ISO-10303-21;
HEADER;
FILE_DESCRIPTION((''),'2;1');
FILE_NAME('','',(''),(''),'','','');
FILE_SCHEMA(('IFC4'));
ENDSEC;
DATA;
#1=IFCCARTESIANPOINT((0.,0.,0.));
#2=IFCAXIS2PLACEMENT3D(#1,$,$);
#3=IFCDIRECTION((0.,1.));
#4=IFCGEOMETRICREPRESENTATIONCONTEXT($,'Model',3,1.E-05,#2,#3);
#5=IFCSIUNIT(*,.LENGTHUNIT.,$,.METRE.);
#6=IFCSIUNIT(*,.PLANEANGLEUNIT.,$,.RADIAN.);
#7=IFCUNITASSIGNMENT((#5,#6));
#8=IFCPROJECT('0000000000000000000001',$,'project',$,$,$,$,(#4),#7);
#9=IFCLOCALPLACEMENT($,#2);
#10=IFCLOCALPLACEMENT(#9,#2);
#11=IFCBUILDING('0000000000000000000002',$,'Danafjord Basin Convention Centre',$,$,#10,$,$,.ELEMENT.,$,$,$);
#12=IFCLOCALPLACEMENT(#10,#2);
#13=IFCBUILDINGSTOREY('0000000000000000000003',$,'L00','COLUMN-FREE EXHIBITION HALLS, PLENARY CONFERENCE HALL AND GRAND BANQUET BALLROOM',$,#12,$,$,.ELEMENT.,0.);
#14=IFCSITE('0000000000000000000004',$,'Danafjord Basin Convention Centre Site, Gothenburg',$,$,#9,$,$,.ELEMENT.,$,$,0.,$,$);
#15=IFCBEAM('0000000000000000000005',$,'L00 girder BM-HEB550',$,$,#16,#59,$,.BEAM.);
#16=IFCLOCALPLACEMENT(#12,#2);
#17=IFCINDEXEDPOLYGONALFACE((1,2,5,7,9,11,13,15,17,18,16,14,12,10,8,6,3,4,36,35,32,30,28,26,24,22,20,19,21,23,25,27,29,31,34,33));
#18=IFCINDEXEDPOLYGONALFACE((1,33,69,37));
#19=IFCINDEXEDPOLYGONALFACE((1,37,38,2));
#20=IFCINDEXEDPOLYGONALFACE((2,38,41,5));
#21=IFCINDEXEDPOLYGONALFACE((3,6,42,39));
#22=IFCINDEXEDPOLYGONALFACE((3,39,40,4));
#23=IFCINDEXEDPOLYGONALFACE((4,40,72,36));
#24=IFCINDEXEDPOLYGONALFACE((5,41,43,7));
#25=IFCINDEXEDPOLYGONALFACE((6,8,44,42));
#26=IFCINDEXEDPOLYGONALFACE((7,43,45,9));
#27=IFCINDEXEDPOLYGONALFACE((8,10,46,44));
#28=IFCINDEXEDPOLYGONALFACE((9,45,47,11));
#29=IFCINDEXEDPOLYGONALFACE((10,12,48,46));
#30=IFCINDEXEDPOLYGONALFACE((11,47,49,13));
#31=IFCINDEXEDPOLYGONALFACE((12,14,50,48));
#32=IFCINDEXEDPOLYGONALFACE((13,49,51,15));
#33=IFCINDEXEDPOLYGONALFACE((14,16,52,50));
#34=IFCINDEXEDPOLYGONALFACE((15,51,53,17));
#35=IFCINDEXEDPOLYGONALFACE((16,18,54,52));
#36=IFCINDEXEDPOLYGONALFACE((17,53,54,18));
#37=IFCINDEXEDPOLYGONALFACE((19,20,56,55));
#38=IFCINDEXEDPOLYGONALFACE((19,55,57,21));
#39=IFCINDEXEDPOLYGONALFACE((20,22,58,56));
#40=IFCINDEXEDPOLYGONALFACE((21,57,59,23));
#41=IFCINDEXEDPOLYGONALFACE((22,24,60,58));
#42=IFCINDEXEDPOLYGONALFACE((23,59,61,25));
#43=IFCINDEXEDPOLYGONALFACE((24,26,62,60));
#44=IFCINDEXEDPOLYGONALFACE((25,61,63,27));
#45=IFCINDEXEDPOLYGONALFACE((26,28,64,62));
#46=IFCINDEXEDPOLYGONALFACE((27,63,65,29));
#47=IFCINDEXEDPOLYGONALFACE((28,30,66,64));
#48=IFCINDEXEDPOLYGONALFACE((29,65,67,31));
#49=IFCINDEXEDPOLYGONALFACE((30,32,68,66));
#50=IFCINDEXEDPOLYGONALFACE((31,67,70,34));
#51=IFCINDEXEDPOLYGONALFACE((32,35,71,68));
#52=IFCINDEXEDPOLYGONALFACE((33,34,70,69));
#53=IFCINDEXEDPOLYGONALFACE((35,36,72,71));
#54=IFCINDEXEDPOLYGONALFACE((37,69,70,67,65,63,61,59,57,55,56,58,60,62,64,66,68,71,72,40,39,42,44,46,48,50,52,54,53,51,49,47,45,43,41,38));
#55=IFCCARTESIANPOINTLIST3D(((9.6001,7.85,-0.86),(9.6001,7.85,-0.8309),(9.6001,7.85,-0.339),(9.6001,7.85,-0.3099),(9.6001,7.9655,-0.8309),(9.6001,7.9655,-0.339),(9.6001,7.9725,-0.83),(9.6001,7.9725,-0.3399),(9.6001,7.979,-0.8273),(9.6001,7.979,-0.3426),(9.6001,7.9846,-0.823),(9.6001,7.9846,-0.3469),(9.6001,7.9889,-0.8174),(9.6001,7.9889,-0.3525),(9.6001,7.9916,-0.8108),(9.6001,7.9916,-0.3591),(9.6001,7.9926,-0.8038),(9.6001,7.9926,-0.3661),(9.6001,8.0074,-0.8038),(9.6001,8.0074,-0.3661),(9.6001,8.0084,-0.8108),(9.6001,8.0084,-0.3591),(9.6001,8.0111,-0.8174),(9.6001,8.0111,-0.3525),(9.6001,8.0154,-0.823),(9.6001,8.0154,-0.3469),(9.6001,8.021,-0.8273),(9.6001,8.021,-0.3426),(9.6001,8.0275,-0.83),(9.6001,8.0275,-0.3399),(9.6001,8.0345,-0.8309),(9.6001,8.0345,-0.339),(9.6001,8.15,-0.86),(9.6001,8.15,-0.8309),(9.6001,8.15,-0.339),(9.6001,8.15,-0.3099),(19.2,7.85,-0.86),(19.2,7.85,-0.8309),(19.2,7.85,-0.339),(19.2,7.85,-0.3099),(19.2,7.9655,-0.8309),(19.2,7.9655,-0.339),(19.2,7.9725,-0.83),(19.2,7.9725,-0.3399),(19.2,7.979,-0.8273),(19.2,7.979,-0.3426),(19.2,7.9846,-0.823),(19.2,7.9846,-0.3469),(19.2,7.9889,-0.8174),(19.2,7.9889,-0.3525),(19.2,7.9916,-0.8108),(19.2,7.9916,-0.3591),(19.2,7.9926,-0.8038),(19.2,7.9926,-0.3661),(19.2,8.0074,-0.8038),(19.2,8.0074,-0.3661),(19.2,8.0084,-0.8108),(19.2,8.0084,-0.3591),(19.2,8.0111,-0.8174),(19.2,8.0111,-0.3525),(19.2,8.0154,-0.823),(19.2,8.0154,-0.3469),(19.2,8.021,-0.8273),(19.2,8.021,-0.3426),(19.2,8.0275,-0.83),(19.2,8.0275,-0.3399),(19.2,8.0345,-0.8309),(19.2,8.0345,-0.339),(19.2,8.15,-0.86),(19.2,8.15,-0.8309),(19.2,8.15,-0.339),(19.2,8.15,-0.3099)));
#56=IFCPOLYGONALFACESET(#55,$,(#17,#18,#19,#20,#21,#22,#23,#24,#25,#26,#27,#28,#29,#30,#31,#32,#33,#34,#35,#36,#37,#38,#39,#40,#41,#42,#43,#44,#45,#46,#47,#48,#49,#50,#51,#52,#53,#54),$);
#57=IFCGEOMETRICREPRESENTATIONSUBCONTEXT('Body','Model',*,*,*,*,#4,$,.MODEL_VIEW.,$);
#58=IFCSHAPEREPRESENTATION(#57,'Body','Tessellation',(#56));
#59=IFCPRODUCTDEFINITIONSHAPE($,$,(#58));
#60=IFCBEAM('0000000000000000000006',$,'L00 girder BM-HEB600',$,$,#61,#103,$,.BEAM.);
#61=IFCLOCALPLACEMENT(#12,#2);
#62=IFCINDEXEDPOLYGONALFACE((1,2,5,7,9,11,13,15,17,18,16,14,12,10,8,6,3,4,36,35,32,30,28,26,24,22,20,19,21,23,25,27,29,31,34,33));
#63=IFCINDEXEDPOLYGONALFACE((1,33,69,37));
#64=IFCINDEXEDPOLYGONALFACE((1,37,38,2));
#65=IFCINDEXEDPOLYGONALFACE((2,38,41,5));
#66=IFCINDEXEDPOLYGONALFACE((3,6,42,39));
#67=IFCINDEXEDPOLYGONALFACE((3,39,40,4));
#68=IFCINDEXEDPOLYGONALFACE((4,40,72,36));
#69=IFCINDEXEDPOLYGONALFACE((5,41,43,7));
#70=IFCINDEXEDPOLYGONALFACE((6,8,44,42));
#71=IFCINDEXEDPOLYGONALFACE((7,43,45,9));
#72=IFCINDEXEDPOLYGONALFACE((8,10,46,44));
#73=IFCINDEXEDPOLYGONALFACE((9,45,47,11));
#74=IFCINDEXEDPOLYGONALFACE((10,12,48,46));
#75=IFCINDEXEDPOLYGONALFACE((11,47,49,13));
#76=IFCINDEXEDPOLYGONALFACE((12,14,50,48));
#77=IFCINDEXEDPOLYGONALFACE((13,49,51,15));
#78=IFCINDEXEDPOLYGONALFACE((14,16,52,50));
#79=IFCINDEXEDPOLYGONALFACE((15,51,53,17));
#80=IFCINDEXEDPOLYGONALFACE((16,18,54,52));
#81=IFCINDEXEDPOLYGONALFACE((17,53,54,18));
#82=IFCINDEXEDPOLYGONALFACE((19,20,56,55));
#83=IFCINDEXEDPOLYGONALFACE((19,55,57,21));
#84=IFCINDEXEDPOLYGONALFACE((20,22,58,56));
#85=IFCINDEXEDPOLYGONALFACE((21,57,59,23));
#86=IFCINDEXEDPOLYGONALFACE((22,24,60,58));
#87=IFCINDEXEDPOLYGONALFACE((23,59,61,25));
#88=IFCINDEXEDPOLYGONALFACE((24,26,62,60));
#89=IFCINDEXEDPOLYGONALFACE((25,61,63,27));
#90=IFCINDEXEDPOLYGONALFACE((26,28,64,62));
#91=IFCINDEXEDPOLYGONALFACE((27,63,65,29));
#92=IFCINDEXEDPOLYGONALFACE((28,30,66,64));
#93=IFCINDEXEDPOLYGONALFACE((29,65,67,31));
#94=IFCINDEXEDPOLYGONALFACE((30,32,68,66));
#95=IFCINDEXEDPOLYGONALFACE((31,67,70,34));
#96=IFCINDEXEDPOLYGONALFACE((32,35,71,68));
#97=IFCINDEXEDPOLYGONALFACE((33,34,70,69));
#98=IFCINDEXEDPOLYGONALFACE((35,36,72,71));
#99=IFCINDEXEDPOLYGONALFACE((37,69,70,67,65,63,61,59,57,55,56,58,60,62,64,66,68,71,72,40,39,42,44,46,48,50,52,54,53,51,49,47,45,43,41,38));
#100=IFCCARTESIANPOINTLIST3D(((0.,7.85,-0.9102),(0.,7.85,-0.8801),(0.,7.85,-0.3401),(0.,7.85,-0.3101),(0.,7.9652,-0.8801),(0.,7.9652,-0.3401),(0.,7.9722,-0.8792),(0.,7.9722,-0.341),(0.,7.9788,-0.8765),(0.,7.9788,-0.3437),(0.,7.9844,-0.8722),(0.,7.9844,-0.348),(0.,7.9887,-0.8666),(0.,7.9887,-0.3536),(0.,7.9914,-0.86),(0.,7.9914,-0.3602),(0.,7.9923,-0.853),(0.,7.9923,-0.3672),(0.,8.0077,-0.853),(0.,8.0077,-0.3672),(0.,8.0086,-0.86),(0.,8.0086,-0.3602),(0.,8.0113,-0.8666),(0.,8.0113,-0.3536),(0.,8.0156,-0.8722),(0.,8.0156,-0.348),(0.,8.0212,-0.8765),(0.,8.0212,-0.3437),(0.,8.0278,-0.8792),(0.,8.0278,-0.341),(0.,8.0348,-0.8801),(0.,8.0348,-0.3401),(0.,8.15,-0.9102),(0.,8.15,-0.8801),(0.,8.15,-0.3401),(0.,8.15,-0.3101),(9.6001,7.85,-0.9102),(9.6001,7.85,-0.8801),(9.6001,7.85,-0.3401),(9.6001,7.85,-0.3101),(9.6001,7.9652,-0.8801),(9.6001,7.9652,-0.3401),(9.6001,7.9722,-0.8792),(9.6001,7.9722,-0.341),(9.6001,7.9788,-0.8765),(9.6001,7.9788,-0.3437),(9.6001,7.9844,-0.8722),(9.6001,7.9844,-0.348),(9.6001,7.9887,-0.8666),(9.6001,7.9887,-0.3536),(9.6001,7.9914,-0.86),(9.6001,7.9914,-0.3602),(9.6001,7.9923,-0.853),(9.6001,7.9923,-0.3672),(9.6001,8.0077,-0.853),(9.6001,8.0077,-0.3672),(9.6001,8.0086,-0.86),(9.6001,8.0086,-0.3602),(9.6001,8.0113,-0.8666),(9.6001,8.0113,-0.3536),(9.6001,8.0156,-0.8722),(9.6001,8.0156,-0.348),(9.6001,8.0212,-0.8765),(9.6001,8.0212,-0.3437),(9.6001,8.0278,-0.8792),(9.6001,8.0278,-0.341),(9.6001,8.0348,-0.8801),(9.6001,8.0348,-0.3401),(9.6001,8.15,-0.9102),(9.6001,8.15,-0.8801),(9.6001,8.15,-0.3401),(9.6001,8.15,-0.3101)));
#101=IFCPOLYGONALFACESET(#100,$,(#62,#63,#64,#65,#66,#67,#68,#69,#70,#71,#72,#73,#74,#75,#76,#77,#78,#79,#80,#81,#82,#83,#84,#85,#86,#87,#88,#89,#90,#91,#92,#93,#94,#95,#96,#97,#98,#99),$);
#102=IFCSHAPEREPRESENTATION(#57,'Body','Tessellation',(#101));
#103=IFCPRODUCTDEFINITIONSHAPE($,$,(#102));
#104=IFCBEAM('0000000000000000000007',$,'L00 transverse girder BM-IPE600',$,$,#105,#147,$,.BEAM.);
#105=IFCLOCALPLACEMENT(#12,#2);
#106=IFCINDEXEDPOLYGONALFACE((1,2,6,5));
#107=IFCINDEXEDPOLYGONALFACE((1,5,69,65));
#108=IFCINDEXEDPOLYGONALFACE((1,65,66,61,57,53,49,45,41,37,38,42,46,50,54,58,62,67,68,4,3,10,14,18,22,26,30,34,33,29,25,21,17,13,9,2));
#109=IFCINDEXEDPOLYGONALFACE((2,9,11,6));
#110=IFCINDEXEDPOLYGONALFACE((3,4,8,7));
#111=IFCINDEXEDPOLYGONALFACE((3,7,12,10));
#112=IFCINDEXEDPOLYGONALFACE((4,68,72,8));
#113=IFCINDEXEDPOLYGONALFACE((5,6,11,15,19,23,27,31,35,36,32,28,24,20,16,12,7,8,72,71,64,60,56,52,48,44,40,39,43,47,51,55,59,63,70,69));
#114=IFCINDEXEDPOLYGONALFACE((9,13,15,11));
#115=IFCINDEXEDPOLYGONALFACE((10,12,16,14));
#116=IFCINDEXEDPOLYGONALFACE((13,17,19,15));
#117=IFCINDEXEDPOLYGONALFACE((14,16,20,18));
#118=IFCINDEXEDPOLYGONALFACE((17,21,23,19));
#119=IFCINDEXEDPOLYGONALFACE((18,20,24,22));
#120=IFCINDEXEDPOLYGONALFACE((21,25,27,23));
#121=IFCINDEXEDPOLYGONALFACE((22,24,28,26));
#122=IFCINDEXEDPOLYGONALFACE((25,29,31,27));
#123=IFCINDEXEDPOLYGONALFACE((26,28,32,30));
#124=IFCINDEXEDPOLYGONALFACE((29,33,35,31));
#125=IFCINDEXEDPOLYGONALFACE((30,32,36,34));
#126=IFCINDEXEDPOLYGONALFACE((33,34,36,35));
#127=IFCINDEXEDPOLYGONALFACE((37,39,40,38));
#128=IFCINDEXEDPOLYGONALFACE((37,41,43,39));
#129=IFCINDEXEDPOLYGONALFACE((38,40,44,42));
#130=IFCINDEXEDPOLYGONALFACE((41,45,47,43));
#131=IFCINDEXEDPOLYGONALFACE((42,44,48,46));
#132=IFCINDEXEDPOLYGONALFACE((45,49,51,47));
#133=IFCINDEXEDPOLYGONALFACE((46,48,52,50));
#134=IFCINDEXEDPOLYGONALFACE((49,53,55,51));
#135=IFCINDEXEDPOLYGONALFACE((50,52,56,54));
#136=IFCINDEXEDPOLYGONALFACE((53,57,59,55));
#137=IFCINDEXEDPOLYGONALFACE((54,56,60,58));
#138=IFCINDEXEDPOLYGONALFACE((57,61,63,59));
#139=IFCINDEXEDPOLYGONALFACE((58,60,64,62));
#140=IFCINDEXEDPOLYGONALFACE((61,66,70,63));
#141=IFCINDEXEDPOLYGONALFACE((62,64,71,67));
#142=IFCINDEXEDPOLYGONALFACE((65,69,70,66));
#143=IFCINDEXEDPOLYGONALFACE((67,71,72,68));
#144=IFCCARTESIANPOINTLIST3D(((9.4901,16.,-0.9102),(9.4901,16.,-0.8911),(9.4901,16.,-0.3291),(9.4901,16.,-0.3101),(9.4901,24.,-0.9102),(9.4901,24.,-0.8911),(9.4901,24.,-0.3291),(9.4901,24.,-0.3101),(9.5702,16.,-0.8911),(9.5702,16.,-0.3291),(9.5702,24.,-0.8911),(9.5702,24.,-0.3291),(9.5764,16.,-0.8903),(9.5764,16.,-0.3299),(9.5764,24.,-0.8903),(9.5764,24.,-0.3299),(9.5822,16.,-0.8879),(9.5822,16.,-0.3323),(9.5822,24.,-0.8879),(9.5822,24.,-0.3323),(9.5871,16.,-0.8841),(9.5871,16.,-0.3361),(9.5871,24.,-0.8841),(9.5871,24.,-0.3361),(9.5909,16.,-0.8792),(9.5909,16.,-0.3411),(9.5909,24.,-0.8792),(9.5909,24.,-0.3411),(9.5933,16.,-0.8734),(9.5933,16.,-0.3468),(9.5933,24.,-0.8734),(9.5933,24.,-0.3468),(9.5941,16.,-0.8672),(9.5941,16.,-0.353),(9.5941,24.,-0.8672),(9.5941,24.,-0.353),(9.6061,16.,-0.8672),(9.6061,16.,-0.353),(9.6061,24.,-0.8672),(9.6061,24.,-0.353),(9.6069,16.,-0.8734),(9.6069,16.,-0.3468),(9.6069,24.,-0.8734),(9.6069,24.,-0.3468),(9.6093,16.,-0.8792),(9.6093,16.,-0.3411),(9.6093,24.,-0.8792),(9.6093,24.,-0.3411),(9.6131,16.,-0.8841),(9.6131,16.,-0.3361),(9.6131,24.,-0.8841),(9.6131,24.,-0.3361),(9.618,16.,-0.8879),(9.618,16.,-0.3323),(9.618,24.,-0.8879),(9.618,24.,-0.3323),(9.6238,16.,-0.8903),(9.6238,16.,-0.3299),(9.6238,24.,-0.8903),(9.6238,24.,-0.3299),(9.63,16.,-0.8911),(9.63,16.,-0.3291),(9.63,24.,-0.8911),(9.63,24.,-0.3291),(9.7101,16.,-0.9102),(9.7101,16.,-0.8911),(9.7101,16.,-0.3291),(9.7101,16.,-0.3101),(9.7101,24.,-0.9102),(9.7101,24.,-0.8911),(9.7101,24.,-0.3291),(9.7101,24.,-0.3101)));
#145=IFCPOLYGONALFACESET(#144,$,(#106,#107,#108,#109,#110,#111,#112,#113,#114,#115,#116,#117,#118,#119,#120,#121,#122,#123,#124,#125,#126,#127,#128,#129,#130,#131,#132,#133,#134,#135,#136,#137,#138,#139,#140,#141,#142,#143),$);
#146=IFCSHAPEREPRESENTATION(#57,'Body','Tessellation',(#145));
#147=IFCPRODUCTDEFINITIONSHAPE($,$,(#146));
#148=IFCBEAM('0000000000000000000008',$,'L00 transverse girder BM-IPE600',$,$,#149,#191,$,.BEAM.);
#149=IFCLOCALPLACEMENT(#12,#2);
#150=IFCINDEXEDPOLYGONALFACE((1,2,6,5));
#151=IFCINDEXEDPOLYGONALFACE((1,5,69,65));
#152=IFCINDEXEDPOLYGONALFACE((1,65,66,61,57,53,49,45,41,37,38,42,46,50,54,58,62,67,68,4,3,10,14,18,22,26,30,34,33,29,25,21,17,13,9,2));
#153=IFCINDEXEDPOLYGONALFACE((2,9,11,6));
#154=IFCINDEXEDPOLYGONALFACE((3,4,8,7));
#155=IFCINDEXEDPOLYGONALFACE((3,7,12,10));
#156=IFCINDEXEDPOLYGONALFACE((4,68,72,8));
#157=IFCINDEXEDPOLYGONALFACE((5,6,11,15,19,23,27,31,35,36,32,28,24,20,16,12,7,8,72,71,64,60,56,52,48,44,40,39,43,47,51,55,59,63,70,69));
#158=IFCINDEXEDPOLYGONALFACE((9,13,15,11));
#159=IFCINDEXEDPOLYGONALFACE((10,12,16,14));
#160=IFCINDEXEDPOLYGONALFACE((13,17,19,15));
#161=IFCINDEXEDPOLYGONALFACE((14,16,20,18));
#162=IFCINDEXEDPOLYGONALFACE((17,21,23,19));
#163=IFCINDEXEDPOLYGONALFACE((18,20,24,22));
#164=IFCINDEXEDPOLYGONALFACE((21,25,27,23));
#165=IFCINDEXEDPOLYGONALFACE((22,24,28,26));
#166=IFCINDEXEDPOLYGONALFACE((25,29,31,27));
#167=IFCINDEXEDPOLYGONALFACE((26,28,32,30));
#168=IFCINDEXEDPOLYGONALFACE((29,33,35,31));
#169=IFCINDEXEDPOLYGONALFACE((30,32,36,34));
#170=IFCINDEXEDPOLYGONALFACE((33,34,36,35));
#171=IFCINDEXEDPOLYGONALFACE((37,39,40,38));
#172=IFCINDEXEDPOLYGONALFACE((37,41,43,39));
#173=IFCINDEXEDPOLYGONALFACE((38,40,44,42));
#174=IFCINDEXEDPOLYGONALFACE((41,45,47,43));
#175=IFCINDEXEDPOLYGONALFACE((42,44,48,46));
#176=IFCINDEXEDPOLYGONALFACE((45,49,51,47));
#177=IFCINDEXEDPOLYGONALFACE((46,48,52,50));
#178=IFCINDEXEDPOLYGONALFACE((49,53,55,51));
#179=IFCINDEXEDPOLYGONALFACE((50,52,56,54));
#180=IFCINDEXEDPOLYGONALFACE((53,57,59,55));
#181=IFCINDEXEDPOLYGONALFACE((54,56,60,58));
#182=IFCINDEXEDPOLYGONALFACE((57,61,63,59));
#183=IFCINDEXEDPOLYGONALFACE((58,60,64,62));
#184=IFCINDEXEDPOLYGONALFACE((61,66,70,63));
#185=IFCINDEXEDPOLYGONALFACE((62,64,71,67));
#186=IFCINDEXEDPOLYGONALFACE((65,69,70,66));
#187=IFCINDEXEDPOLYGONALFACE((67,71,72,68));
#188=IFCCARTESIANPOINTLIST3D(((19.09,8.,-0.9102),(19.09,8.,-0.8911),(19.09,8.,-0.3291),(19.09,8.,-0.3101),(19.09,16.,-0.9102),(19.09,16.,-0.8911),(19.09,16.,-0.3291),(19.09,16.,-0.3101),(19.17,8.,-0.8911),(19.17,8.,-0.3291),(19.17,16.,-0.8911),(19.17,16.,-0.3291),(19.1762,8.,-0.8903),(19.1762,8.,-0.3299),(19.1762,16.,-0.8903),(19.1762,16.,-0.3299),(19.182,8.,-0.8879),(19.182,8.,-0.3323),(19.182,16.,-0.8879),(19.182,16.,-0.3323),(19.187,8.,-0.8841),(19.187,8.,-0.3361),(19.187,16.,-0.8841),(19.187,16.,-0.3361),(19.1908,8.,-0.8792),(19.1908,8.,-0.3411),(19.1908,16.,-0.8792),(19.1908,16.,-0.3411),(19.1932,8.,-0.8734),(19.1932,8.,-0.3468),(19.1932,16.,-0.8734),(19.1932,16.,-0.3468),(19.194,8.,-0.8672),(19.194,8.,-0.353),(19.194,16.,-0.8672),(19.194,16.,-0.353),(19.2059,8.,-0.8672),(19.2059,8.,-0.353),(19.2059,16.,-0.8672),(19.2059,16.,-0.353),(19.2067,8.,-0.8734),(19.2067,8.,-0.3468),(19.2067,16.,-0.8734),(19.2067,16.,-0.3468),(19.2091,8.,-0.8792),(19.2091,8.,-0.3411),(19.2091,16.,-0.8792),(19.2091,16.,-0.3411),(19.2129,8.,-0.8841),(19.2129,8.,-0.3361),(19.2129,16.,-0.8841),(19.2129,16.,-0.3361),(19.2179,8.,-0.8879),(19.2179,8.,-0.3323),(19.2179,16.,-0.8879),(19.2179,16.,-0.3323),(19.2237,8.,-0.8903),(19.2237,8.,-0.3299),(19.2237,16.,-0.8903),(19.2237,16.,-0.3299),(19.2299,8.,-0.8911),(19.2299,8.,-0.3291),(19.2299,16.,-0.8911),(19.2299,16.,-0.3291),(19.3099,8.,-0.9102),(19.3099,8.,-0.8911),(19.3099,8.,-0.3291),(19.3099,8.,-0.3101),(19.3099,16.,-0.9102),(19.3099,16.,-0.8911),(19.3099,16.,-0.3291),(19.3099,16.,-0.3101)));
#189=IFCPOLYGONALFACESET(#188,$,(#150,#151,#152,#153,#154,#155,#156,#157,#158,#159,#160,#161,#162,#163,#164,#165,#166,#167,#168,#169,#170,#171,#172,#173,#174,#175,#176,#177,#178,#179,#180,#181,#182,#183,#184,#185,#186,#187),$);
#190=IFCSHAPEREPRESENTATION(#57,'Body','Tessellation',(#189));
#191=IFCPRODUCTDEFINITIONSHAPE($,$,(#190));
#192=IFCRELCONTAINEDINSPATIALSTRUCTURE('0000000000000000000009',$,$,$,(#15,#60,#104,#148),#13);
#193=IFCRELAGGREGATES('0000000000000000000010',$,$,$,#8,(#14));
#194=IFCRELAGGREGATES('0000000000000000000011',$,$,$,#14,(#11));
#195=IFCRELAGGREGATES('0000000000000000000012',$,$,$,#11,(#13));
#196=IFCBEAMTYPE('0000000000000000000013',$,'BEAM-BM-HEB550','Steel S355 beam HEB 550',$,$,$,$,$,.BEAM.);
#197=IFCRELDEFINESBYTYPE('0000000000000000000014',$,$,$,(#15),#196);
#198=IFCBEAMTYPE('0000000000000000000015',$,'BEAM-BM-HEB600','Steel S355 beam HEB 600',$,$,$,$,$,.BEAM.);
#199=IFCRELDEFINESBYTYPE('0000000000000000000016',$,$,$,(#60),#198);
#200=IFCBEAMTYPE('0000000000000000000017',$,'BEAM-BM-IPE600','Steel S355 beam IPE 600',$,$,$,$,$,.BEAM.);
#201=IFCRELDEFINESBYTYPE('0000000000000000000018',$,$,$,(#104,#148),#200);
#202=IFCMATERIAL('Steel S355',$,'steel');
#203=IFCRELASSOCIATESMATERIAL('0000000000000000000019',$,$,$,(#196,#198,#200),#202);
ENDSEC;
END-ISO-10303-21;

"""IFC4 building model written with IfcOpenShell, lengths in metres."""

from ifc_helpers import new_model, si_unit, direction, frame, origin, origin_2d, place, context, subcontext, project, spatial, i_section, extrude, material, material_profile, profile_set, type_object, element, save


model = new_model("IFC4")

# Units and contexts
model_context = context("Model", 3, precision=1e-05, world=origin(), true_north=direction((0.0, 1.0)))
body_context = subcontext(model_context, "Body", "Model", "MODEL_VIEW")
ifc_project = project(units=[si_unit("LENGTHUNIT", "METRE"), si_unit("PLANEANGLEUNIT", "RADIAN")], contexts=[model_context])

# Site, building, storey
site_placement = place(None, origin())
site = spatial("IfcSite", under=ifc_project, at=site_placement, Name="Danafjord Basin Convention Centre Site, Gothenburg", CompositionType="ELEMENT", RefElevation=0.0)
building_placement = place(site_placement, origin())
building = spatial("IfcBuilding", under=site, at=building_placement, Name="Danafjord Basin Convention Centre", CompositionType="ELEMENT")
storey_placement = place(building_placement, origin())
storey = spatial("IfcBuildingStorey", under=building, at=storey_placement, Name="L00", Description="COLUMN-FREE EXHIBITION HALLS, PLENARY CONFERENCE HALL AND GRAND BANQUET BALLROOM", CompositionType="ELEMENT", Elevation=0.0)

# Shared definitions
ifc_material_1 = material(Name="Steel S355", Category="steel")

# Beams
ifc_material_profile_1 = material_profile(ifc_material_1, i_section(OverallWidth=0.3, OverallDepth=0.55, WebThickness=0.0149, FlangeThickness=0.0291, FilletRadius=0.0271, at=origin_2d()), Name="HEB 550")
ifc_profile_set_1 = profile_set([ifc_material_profile_1], Name="Steel S355")
beam_type_1 = type_object("IfcBeamType", Name="BEAM-BM-HEB550", Description="Steel S355 beam HEB 550", PredefinedType="BEAM", material=ifc_profile_set_1)
beam_1_placement = place(storey_placement, frame((9.6001, 8.0, -0.585), z_axis=(1.0, 0.0, 0.0), x_axis=(0.0, 1.0, 0.0)))
element("IfcBeam", 1, at=beam_1_placement, inside=storey, type_object=beam_type_1, Name="L00 girder BM-HEB550", PredefinedType="BEAM", context=body_context, shape_type="SweptSolid", body=[
    extrude(i_section(OverallWidth=0.3, OverallDepth=0.55, WebThickness=0.0149, FlangeThickness=0.0291, FilletRadius=0.0271, at=origin_2d()), origin(), (0.0, 0.0, 1.0), 9.5999),
])
ifc_material_profile_2 = material_profile(ifc_material_1, i_section(OverallWidth=0.3, OverallDepth=0.6001, WebThickness=0.0154, FlangeThickness=0.03, FilletRadius=0.0271, at=origin_2d()), Name="HEB 600")
ifc_profile_set_2 = profile_set([ifc_material_profile_2], Name="Steel S355")
beam_type_2 = type_object("IfcBeamType", Name="BEAM-BM-HEB600", Description="Steel S355 beam HEB 600", PredefinedType="BEAM", material=ifc_profile_set_2)
beam_2_placement = place(storey_placement, frame((0.0, 8.0, -0.6101), z_axis=(1.0, 0.0, 0.0), x_axis=(0.0, 1.0, 0.0)))
element("IfcBeam", 2, at=beam_2_placement, inside=storey, type_object=beam_type_2, Name="L00 girder BM-HEB600", PredefinedType="BEAM", context=body_context, shape_type="SweptSolid", body=[
    extrude(i_section(OverallWidth=0.3, OverallDepth=0.6001, WebThickness=0.0154, FlangeThickness=0.03, FilletRadius=0.0271, at=origin_2d()), origin(), (0.0, 0.0, 1.0), 9.6001),
])
ifc_material_profile_3 = material_profile(ifc_material_1, i_section(OverallWidth=0.22, OverallDepth=0.6001, WebThickness=0.012, FlangeThickness=0.019, FilletRadius=0.0239, at=origin_2d()), Name="IPE 600")
ifc_profile_set_3 = profile_set([ifc_material_profile_3], Name="Steel S355")
beam_type_3 = type_object("IfcBeamType", Name="BEAM-BM-IPE600", Description="Steel S355 beam IPE 600", PredefinedType="BEAM", material=ifc_profile_set_3)
for number, where, z_axis, x_axis, name in (
    (3, (9.6001, 16.0, -0.6101), (0.0, 1.0, 0.0), (-1.0, 0.0, 0.0), "L00 transverse girder BM-IPE600"),
    (4, (19.2, 8.0, -0.6101), (0.0, 1.0, 0.0), (-1.0, 0.0, 0.0), "L00 transverse girder BM-IPE600"),
):
    element("IfcBeam", number, at=place(storey_placement, frame(where, z_axis=z_axis, x_axis=x_axis)), inside=storey, type_object=beam_type_3, Name=name, PredefinedType="BEAM", context=body_context, shape_type="SweptSolid", body=[
        extrude(i_section(OverallWidth=0.22, OverallDepth=0.6001, WebThickness=0.012, FlangeThickness=0.019, FilletRadius=0.0239, at=origin_2d()), origin(), (0.0, 0.0, 1.0), 8.0),
    ])

save(model, "model.ifc")
